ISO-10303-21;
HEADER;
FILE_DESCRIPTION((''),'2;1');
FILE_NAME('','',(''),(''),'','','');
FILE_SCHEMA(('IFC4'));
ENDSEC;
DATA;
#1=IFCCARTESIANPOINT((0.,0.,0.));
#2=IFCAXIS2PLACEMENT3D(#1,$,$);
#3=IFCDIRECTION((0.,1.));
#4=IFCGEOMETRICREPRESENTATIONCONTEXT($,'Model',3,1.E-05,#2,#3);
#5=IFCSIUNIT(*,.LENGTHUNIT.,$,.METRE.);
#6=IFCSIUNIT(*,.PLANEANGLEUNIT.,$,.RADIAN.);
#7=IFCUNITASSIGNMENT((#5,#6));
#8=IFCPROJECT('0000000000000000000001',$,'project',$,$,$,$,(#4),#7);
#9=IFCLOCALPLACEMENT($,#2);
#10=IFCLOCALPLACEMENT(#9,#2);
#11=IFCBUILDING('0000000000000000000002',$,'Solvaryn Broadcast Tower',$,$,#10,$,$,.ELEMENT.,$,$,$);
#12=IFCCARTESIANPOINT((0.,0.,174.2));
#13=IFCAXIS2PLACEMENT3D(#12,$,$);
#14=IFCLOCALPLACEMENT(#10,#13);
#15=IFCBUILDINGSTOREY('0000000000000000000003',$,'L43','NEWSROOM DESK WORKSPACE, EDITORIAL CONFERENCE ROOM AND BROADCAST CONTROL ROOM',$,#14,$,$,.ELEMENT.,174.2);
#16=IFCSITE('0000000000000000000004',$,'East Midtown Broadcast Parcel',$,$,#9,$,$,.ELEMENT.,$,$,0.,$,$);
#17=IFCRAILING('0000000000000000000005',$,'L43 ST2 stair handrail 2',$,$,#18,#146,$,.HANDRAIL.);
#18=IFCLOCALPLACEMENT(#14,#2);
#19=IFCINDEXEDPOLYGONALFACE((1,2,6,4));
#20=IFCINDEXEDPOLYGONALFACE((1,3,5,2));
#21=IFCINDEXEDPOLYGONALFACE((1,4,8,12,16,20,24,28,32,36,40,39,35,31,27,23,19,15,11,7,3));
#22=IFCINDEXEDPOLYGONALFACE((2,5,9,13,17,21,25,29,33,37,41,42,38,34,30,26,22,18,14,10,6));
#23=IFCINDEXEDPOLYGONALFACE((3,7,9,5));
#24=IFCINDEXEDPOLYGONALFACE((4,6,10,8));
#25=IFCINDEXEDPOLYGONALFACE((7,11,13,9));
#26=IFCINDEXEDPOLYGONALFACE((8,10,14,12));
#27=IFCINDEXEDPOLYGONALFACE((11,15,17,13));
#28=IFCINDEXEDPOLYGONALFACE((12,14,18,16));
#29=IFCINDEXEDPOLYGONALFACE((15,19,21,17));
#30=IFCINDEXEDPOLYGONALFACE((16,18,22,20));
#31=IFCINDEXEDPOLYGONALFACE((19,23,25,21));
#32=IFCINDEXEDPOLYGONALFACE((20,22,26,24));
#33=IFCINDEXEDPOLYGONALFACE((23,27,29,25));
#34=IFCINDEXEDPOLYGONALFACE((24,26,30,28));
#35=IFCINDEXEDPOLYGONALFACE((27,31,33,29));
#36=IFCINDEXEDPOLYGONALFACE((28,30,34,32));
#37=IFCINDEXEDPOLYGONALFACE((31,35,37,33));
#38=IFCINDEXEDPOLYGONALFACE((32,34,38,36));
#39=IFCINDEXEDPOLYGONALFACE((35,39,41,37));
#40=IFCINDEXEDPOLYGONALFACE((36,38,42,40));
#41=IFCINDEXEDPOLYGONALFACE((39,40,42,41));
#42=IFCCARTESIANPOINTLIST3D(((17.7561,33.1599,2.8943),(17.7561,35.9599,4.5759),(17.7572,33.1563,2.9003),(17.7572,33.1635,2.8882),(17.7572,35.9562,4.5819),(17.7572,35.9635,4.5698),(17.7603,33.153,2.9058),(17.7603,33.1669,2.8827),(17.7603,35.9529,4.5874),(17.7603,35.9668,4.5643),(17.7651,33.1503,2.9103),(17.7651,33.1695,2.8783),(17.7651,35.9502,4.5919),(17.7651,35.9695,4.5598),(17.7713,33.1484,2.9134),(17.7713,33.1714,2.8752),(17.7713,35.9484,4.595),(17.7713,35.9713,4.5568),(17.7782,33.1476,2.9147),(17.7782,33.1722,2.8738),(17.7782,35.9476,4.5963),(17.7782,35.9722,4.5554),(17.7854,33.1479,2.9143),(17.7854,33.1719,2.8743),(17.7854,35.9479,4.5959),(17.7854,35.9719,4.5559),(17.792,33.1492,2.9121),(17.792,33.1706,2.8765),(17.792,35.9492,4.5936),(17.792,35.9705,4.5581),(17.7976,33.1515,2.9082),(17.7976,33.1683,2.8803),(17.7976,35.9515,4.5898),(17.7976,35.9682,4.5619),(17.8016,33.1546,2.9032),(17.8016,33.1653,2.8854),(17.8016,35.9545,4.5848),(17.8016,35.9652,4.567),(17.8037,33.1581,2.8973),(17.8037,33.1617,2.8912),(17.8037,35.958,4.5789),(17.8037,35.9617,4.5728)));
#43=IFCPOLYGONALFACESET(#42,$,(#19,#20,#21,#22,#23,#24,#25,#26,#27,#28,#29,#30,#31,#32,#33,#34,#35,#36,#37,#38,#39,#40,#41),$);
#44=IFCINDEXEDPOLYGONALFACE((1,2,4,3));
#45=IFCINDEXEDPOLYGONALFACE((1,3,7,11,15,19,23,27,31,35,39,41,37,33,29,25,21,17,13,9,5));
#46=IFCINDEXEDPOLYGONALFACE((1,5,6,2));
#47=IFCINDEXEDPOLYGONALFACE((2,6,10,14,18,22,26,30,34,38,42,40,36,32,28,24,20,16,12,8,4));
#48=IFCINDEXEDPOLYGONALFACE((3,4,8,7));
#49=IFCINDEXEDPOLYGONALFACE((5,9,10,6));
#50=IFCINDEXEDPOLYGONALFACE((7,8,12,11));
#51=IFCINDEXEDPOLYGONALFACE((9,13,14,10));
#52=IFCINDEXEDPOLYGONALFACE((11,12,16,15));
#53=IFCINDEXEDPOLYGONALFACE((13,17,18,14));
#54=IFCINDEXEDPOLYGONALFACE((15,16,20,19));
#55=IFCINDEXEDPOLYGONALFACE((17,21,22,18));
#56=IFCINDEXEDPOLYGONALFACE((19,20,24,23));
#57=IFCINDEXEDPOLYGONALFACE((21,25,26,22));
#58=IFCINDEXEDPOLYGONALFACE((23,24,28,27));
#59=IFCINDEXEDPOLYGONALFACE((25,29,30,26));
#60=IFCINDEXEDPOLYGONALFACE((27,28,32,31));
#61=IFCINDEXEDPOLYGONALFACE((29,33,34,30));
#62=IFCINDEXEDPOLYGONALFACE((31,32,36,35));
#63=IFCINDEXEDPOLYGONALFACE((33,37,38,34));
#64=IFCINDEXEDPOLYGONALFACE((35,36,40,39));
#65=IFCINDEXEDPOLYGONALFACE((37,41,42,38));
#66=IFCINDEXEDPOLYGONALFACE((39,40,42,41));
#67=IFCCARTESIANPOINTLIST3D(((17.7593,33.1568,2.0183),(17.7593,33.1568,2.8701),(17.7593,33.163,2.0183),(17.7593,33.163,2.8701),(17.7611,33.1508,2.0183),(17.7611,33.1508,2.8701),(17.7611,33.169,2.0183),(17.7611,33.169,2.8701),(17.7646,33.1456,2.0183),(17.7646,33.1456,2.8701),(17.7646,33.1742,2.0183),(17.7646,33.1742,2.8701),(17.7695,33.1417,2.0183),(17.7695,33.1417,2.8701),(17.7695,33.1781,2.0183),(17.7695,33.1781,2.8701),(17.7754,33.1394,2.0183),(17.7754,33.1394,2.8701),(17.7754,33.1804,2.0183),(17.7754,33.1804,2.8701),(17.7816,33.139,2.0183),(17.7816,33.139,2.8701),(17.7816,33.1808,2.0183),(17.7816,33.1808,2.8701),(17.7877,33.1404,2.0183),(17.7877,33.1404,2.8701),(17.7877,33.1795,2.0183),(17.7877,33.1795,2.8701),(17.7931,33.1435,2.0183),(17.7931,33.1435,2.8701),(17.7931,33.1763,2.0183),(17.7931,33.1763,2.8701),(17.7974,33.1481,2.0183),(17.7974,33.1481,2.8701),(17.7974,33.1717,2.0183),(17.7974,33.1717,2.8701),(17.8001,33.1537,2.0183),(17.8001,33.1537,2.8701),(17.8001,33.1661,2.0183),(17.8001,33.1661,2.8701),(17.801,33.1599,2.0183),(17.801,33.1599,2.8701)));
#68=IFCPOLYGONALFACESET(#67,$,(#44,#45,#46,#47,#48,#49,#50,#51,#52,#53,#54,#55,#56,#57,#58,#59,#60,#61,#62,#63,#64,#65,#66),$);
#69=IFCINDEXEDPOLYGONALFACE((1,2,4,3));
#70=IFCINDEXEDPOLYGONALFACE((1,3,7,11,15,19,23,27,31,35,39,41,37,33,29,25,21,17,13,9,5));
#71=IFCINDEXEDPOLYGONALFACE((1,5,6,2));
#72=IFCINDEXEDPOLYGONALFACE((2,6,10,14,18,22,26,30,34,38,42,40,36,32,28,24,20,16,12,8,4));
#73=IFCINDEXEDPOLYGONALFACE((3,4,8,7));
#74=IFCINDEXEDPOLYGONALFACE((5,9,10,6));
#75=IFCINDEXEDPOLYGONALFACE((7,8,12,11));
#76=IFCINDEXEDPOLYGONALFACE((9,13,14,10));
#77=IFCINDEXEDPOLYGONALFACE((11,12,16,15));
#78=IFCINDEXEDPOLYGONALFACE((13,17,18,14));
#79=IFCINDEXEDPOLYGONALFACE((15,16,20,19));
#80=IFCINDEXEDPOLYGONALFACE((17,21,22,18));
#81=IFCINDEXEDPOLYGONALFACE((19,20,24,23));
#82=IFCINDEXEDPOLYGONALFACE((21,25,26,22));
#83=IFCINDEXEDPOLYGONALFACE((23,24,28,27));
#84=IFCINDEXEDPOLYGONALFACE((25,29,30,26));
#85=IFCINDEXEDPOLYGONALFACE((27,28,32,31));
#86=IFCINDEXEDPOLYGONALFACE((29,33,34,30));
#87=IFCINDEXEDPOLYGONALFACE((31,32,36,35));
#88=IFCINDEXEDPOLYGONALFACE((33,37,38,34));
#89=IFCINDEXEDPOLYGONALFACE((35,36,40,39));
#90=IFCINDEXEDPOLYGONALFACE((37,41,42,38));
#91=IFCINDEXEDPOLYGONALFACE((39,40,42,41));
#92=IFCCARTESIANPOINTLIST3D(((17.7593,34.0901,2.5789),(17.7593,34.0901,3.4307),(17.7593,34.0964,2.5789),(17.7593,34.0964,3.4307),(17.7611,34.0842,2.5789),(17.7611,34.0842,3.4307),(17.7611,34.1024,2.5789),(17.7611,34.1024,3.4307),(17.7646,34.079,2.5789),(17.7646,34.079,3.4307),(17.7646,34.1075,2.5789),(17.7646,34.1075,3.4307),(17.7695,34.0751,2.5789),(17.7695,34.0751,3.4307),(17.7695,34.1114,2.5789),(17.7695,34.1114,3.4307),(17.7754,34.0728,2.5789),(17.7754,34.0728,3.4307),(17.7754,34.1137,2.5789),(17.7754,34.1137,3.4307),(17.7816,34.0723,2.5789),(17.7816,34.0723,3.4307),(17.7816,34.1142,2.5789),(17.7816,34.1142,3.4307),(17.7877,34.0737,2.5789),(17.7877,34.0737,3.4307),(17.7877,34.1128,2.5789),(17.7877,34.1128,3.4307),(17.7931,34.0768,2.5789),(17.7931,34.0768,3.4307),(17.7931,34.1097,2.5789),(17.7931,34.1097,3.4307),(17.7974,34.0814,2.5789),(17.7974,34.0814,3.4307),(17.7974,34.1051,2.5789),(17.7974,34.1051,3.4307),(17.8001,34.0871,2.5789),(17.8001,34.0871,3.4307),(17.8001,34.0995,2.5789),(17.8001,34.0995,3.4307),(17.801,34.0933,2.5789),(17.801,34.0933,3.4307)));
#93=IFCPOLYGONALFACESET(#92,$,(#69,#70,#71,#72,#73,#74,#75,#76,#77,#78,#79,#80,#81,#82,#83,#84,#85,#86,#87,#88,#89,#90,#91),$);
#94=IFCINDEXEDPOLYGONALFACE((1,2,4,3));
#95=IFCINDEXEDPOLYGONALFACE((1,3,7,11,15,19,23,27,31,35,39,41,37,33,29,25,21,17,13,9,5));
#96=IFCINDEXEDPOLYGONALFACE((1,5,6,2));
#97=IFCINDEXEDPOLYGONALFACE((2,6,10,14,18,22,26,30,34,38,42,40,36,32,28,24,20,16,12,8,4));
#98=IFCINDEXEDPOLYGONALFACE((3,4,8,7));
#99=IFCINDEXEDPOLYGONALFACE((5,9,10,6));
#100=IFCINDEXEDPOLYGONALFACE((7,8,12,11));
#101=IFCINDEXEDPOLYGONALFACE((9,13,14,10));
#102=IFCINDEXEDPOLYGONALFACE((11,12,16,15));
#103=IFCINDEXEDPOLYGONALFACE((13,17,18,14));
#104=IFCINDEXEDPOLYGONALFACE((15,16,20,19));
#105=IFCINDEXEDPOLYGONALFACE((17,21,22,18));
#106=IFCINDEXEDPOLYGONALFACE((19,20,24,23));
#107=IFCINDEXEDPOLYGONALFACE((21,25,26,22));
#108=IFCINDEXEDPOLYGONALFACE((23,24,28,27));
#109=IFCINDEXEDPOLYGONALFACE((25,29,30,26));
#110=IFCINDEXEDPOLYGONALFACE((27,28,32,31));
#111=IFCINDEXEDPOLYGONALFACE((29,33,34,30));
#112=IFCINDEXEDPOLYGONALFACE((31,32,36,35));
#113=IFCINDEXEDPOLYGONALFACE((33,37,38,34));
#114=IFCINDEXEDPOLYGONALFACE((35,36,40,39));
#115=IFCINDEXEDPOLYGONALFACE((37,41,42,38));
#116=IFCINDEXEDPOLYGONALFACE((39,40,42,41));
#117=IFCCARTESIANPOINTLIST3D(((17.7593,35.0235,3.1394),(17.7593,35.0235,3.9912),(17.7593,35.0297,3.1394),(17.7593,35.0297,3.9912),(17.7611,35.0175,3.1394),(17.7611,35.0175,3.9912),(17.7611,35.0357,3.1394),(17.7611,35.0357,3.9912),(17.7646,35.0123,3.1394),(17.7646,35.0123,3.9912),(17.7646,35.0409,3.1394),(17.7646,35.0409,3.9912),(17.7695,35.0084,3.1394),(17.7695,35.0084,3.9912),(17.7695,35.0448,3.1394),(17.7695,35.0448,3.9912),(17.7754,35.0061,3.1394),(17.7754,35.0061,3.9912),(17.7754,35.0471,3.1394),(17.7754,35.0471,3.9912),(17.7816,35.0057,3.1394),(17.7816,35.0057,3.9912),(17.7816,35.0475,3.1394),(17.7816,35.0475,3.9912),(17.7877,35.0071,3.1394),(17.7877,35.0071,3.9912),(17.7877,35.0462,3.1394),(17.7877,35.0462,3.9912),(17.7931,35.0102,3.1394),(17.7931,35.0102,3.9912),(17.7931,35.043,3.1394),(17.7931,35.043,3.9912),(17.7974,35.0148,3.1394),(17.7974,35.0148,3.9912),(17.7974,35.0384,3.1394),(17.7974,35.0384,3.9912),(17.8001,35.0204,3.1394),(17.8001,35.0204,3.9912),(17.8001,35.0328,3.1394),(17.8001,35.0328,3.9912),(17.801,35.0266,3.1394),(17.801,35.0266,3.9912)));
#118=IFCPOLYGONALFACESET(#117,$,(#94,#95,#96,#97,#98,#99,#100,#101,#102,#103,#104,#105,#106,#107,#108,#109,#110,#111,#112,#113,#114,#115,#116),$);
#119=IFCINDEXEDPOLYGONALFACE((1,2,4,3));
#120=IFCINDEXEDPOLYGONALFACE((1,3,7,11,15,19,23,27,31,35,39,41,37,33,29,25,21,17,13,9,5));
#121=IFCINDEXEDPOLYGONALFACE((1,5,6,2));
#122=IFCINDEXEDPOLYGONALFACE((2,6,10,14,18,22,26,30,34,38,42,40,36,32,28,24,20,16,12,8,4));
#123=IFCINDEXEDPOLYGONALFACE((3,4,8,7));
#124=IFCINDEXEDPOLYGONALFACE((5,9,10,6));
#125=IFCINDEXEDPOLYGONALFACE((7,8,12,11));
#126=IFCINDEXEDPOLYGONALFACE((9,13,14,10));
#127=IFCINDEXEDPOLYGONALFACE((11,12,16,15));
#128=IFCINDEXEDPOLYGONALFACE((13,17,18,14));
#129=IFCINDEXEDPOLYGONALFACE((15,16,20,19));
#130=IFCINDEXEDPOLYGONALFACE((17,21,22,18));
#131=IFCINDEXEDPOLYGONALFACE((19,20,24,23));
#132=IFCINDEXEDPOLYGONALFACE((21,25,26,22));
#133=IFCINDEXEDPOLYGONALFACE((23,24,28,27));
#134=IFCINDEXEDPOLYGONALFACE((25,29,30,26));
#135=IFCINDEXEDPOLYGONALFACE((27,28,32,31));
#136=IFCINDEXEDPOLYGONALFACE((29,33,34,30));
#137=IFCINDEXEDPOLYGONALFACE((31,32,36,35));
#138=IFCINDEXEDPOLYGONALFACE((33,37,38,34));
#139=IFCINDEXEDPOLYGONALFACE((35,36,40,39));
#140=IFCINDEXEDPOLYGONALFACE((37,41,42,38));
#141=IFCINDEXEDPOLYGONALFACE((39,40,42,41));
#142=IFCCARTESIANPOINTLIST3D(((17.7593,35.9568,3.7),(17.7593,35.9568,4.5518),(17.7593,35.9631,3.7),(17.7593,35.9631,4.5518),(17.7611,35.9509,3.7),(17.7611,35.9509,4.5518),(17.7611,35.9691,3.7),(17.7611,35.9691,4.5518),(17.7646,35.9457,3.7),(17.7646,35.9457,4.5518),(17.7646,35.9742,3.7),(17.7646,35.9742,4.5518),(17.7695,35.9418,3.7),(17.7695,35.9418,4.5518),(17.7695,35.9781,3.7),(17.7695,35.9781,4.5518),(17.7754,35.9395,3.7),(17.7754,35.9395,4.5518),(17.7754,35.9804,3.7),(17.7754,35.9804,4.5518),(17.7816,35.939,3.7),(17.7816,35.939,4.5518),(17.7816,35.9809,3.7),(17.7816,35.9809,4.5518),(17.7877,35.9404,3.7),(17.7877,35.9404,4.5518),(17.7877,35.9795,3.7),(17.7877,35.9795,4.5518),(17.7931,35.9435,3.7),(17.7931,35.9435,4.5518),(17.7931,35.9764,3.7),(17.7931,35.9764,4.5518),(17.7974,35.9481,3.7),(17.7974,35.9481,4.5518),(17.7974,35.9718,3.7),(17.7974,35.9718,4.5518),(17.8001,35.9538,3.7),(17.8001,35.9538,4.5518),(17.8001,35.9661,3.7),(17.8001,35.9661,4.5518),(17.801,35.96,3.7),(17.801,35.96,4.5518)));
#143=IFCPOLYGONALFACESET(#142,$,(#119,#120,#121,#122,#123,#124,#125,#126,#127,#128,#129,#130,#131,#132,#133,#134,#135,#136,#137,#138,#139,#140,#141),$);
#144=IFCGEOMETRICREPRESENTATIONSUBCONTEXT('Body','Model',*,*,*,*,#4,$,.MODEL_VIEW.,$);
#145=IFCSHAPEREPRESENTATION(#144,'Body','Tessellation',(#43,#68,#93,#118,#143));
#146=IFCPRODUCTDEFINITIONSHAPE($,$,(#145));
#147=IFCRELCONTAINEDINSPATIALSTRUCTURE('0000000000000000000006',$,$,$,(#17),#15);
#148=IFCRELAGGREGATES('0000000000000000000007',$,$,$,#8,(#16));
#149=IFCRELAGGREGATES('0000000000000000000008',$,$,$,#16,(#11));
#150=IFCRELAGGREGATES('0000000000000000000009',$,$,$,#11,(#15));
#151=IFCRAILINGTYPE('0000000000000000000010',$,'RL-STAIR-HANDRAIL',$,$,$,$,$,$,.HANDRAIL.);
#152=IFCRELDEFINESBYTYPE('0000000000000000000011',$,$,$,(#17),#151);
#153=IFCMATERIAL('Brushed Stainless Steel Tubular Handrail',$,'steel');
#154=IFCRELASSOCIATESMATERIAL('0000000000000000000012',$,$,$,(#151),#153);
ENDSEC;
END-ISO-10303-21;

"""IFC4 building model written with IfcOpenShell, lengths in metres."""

from ifc_helpers import new_model, si_unit, direction, frame, origin, origin_2d, place, context, subcontext, project, spatial, circle, extrude, material, type_object, element, save


model = new_model("IFC4")

# Units and contexts
model_context = context("Model", 3, precision=1e-05, world=origin(), true_north=direction((0.0, 1.0)))
body_context = subcontext(model_context, "Body", "Model", "MODEL_VIEW")
ifc_project = project(units=[si_unit("LENGTHUNIT", "METRE"), si_unit("PLANEANGLEUNIT", "RADIAN")], contexts=[model_context])

# Site, building, storey
site_placement = place(None, origin())
site = spatial("IfcSite", under=ifc_project, at=site_placement, Name="East Midtown Broadcast Parcel", CompositionType="ELEMENT", RefElevation=0.0)
building_placement = place(site_placement, origin())
building = spatial("IfcBuilding", under=site, at=building_placement, Name="Solvaryn Broadcast Tower", CompositionType="ELEMENT")
storey_placement = place(building_placement, frame((0.0, 0.0, 174.2)))
storey = spatial("IfcBuildingStorey", under=building, at=storey_placement, Name="L43", Description="NEWSROOM DESK WORKSPACE, EDITORIAL CONFERENCE ROOM AND BROADCAST CONTROL ROOM", CompositionType="ELEMENT", Elevation=174.2)

# Railing
ifc_material_1 = material(Name="Brushed Stainless Steel Tubular Handrail", Category="steel")
railing_type_1 = type_object("IfcRailingType", Name="RL-STAIR-HANDRAIL", PredefinedType="HANDRAIL", material=ifc_material_1)
railing_1_placement = place(storey_placement, frame((17.78, 33.1599, 2.0183)))
element("IfcRailing", 1, at=railing_1_placement, inside=storey, type_object=railing_type_1, Name="L43 ST2 stair handrail 2", PredefinedType="HANDRAIL", context=body_context, shape_type="SweptSolid", body=[
    extrude(circle(Radius=0.0239, at=origin_2d()), frame((0.0, 0.0, 0.876), z_axis=(0.0, 0.857275, 0.514858), x_axis=(-1.0, 0.0, 0.0)), (0.0, 0.0, 1.0), 3.2661),
    extrude(circle(Radius=0.021, at=origin_2d()), origin(), (0.0, 0.0, 1.0), 0.8518),
    extrude(circle(Radius=0.021, at=origin_2d()), frame((0.0, 0.9333, 0.5605)), (0.0, 0.0, 1.0), 0.8518),
    extrude(circle(Radius=0.021, at=origin_2d()), frame((0.0, 1.8667, 1.1211)), (0.0, 0.0, 1.0), 0.8518),
    extrude(circle(Radius=0.021, at=origin_2d()), frame((0.0, 2.8, 1.6816)), (0.0, 0.0, 1.0), 0.8518),
])

save(model, "model.ifc")
